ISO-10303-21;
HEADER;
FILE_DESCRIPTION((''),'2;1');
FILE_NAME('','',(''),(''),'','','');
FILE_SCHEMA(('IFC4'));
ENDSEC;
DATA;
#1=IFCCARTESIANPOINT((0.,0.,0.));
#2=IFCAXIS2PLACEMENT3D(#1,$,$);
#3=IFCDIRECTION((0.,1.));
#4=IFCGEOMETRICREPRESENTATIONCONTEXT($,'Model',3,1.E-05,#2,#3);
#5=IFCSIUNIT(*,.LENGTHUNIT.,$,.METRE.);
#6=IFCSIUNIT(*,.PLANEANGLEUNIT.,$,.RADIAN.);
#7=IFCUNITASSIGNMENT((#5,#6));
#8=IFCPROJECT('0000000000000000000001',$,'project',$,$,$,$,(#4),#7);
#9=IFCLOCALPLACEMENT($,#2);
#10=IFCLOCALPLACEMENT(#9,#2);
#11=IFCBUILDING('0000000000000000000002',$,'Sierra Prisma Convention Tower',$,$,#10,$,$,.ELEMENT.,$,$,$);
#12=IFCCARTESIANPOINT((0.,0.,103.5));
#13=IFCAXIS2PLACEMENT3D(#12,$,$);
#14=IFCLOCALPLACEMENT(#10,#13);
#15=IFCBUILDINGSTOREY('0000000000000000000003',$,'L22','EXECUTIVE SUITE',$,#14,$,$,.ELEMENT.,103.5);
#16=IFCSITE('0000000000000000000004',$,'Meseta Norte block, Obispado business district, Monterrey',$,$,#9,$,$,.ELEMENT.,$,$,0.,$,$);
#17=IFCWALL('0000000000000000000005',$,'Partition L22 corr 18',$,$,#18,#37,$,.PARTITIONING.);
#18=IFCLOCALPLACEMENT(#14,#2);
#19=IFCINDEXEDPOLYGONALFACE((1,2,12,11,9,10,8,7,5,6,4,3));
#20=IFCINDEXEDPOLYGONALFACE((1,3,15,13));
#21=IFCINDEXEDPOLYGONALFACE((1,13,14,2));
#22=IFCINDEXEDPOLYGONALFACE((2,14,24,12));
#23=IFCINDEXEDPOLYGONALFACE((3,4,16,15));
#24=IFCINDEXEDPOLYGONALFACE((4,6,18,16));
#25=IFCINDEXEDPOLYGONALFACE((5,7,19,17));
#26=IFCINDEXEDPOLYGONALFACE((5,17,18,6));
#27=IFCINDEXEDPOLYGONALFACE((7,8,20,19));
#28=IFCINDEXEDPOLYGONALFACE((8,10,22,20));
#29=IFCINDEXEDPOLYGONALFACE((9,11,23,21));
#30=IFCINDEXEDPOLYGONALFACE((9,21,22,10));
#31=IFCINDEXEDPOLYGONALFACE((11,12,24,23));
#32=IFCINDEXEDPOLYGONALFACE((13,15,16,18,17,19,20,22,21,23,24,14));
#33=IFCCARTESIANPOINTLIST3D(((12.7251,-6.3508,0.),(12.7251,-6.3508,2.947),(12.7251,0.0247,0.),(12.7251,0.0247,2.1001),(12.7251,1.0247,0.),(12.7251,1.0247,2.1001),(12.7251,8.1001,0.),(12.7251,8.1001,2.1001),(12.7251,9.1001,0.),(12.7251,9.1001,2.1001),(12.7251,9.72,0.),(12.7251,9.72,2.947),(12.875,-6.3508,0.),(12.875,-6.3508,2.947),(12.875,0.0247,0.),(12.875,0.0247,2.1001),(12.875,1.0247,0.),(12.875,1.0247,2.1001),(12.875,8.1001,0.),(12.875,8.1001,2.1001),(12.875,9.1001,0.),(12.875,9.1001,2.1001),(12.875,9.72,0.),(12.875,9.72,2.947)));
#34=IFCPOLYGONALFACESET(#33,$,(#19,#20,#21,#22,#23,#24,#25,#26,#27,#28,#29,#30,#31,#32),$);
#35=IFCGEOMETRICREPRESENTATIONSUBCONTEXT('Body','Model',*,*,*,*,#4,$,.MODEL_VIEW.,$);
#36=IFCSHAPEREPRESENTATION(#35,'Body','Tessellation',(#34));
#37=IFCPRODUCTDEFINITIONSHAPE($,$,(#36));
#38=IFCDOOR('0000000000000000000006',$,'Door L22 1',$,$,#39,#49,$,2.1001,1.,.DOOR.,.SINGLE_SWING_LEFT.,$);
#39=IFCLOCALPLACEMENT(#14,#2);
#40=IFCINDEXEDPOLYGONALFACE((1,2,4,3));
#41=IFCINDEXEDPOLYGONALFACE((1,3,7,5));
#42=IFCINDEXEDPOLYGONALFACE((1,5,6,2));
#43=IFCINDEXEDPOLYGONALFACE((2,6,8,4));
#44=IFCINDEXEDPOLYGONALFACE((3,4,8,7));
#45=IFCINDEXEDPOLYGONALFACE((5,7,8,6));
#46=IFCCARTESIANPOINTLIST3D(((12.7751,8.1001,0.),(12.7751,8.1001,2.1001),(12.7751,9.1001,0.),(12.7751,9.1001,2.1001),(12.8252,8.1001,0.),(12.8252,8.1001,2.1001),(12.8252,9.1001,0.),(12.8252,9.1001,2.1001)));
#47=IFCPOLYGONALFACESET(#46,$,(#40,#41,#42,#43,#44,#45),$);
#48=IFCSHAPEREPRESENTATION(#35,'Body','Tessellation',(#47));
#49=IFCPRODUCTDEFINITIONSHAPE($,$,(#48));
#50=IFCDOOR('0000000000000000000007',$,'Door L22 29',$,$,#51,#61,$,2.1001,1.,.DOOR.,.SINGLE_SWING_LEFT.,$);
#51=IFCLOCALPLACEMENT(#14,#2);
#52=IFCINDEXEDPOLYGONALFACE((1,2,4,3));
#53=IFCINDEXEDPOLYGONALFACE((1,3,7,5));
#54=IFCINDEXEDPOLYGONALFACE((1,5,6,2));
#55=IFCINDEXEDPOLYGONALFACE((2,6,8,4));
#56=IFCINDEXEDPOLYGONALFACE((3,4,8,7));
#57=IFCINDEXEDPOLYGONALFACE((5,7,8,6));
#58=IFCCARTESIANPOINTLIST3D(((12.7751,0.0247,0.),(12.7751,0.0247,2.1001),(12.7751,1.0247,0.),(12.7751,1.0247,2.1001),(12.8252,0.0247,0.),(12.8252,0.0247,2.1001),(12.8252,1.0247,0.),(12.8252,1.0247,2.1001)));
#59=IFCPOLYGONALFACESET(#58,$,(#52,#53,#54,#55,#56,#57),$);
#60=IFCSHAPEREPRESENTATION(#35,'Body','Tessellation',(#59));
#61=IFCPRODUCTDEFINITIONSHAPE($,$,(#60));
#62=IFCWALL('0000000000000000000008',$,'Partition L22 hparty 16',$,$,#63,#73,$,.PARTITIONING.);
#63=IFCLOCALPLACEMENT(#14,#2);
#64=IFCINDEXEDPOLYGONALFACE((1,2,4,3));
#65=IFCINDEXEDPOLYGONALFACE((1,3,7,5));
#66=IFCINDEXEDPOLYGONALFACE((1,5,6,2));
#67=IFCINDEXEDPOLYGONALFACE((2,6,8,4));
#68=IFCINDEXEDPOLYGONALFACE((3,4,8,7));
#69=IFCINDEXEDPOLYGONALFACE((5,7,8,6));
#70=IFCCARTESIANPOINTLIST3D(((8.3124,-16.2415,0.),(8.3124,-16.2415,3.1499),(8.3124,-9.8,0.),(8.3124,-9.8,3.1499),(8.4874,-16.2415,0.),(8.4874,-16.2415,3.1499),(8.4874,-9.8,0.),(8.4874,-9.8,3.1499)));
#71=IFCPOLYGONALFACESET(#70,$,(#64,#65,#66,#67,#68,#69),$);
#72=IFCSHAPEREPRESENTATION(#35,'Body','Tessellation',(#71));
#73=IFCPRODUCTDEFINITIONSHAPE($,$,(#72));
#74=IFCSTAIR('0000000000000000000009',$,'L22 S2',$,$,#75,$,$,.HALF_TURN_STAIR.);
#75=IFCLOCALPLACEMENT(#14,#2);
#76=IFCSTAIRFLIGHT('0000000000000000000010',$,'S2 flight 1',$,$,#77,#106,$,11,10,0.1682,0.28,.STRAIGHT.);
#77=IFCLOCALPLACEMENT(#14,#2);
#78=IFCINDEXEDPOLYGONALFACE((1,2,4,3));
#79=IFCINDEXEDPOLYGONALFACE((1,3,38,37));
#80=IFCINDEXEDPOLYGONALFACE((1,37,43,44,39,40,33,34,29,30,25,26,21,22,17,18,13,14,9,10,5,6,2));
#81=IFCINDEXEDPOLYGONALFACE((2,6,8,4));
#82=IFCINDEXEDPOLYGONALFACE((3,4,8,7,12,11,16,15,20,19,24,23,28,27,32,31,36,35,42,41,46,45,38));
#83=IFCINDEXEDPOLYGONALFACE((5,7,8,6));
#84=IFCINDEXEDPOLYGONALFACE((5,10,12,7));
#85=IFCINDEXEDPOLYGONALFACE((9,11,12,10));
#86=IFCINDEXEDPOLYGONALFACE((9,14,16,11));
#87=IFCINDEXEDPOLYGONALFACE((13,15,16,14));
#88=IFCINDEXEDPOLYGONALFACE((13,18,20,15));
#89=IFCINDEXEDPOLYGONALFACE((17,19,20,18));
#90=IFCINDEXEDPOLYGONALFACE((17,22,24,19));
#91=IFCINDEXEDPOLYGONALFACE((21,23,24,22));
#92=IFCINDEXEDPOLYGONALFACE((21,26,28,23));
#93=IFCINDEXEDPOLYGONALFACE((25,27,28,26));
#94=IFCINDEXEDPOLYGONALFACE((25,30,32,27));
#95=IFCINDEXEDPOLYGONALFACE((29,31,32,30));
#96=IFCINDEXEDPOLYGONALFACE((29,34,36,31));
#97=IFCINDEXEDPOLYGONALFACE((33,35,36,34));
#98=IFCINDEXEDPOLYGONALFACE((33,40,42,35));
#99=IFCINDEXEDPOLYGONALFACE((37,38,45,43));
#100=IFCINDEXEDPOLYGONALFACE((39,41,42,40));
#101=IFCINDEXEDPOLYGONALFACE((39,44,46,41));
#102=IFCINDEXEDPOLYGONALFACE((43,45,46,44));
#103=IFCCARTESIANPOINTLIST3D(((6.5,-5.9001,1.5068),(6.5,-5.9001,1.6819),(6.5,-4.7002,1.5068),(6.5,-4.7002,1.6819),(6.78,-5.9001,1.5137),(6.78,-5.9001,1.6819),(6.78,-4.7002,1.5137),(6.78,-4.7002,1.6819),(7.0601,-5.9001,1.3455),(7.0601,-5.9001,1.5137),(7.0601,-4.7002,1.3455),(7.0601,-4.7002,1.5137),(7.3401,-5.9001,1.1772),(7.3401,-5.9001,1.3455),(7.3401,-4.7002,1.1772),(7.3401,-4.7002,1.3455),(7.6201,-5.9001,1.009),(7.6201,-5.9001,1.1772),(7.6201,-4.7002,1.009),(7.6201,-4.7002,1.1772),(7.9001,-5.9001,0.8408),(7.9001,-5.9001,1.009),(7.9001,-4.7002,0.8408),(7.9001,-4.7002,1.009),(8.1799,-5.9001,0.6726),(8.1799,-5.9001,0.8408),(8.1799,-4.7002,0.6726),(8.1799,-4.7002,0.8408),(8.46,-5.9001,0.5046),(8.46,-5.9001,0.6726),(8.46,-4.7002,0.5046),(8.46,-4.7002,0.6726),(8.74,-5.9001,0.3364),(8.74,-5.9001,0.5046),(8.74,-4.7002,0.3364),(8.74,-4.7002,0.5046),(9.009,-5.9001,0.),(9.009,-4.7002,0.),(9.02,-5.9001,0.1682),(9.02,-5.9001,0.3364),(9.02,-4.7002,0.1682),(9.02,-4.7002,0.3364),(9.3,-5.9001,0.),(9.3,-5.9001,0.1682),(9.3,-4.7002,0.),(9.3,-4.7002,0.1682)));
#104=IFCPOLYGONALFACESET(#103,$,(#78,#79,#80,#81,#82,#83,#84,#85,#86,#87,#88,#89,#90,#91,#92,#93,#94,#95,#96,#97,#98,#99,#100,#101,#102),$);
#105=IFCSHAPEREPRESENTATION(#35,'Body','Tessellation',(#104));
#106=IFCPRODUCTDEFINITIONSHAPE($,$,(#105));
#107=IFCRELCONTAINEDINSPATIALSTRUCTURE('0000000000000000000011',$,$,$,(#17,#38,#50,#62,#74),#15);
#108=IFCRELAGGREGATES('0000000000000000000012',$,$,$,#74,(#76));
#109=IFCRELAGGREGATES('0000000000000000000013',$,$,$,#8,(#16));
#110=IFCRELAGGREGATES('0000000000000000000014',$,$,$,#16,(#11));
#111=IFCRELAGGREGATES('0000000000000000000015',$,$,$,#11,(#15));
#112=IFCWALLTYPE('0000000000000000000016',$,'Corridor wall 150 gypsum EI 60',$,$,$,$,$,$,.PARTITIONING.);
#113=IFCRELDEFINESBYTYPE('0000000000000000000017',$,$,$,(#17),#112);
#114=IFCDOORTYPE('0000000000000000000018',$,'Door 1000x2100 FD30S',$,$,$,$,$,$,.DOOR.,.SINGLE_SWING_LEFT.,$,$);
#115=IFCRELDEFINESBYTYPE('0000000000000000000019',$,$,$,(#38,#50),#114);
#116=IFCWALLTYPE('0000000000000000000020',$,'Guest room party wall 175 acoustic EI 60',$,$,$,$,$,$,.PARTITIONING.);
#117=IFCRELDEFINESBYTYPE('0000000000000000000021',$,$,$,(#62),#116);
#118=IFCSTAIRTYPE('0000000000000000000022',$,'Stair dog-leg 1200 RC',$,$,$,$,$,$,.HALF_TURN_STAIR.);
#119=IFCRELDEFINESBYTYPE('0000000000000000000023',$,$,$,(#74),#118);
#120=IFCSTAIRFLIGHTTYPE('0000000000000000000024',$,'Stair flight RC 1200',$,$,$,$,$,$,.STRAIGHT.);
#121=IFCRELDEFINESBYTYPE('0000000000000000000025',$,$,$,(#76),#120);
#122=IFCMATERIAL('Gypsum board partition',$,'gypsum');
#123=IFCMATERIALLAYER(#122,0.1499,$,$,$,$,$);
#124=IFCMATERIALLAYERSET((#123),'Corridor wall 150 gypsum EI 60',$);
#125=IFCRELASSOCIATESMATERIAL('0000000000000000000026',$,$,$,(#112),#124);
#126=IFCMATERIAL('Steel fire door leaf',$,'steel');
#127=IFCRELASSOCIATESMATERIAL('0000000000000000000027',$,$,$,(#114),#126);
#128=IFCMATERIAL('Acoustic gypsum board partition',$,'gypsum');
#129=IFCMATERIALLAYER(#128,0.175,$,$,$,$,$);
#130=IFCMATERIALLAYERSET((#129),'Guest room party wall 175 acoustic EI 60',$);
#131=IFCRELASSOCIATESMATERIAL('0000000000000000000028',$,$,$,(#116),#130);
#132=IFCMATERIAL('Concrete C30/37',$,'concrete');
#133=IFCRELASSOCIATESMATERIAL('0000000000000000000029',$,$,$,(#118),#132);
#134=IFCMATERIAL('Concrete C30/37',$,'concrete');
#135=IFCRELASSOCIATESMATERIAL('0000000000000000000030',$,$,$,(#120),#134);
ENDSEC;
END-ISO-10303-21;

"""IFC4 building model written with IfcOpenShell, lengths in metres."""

from ifc_helpers import new_model, si_unit, direction, frame, frame_2d, origin, place, context, subcontext, project, spatial, polyline, rectangle, outline, extrude, material, layer, layer_set, type_object, element, fill, aggregate, save


model = new_model("IFC4")

# Units and contexts
model_context = context("Model", 3, precision=1e-05, world=origin(), true_north=direction((0.0, 1.0)))
body_context = subcontext(model_context, "Body", "Model", "MODEL_VIEW")
ifc_project = project(units=[si_unit("LENGTHUNIT", "METRE"), si_unit("PLANEANGLEUNIT", "RADIAN")], contexts=[model_context])

# Site, building, storey
site_placement = place(None, origin())
site = spatial("IfcSite", under=ifc_project, at=site_placement, Name="Meseta Norte block, Obispado business district, Monterrey", CompositionType="ELEMENT", RefElevation=0.0)
building_placement = place(site_placement, origin())
building = spatial("IfcBuilding", under=site, at=building_placement, Name="Sierra Prisma Convention Tower", CompositionType="ELEMENT")
storey_placement = place(building_placement, frame((0.0, 0.0, 103.5)))
storey = spatial("IfcBuildingStorey", under=building, at=storey_placement, Name="L22", Description="EXECUTIVE SUITE", CompositionType="ELEMENT", Elevation=103.5)

# Shared definitions
ifc_material_1 = material(Name="Gypsum board partition", Category="gypsum")
ifc_layer_1 = layer(ifc_material_1, 0.1499)
ifc_layer_set_1 = layer_set([ifc_layer_1], Name="Corridor wall 150 gypsum EI 60")
wall_type_1 = type_object("IfcWallType", Name="Corridor wall 150 gypsum EI 60", PredefinedType="PARTITIONING", material=ifc_layer_set_1)

# Shared definitions
ifc_material_2 = material(Name="Steel fire door leaf", Category="steel")
door_type_1 = type_object("IfcDoorType", Name="Door 1000x2100 FD30S", OperationType="SINGLE_SWING_LEFT", PredefinedType="DOOR", material=ifc_material_2)

# Wall, openings, doors
wall_1_placement = place(storey_placement, frame((12.8, -6.3508, 0.0), z_axis=(0.0, 0.0, 1.0), x_axis=(0.0, 1.0, 0.0)))
wall_1 = element("IfcWall", 1, at=wall_1_placement, inside=storey, type_object=wall_type_1, Name="Partition L22 corr 18", PredefinedType="PARTITIONING", context=body_context, shape_type="SweptSolid", body=[
    extrude(rectangle(XDim=16.0708, YDim=0.1499, at=frame_2d((8.0354, 0.0))), origin(), (0.0, 0.0, 1.0), 2.947),
])
opening_1_placement = place(wall_1_placement, frame((14.4509, 0.0, 0.0)))
opening_1 = element("IfcOpeningElement", 2, at=opening_1_placement, cuts=wall_1, PredefinedType="OPENING", context=body_context, shape_type="SweptSolid", body=[
    extrude(rectangle(XDim=1.0, YDim=2.1001, at=frame_2d((0.5, 1.05))), frame((0.0, 0.075, 0.0), z_axis=(0.0, -1.0, 0.0), x_axis=(1.0, 0.0, 0.0)), (0.0, 0.0, 1.0), 0.1499),
])
opening_2_placement = place(wall_1_placement, frame((6.3755, 0.0, 0.0)))
opening_2 = element("IfcOpeningElement", 3, at=opening_2_placement, cuts=wall_1, PredefinedType="OPENING", context=body_context, shape_type="SweptSolid", body=[
    extrude(rectangle(XDim=1.0, YDim=2.1001, at=frame_2d((0.5, 1.05))), frame((0.0, 0.075, 0.0), z_axis=(0.0, -1.0, 0.0), x_axis=(1.0, 0.0, 0.0)), (0.0, 0.0, 1.0), 0.1499),
])
door_1_placement = place(opening_1_placement, origin())
door_1 = element("IfcDoor", 4, at=door_1_placement, inside=storey, type_object=door_type_1, Name="Door L22 1", OperationType="SINGLE_SWING_LEFT", OverallHeight=2.1001, OverallWidth=1.0, PredefinedType="DOOR", context=body_context, shape_type="SweptSolid", body=[
    extrude(rectangle(XDim=1.0, YDim=2.1001, at=frame_2d((0.5, 1.05))), frame((0.0, 0.0249, 0.0), z_axis=(0.0, -1.0, 0.0), x_axis=(1.0, 0.0, 0.0)), (0.0, 0.0, 1.0), 0.05),
])
fill(opening_1, door_1)
door_2_placement = place(opening_2_placement, origin())
door_2 = element("IfcDoor", 5, at=door_2_placement, inside=storey, type_object=door_type_1, Name="Door L22 29", OperationType="SINGLE_SWING_LEFT", OverallHeight=2.1001, OverallWidth=1.0, PredefinedType="DOOR", context=body_context, shape_type="SweptSolid", body=[
    extrude(rectangle(XDim=1.0, YDim=2.1001, at=frame_2d((0.5, 1.05))), frame((0.0, 0.0249, 0.0), z_axis=(0.0, -1.0, 0.0), x_axis=(1.0, 0.0, 0.0)), (0.0, 0.0, 1.0), 0.05),
])
fill(opening_2, door_2)

# Wall
ifc_material_3 = material(Name="Acoustic gypsum board partition", Category="gypsum")
ifc_layer_2 = layer(ifc_material_3, 0.175)
ifc_layer_set_2 = layer_set([ifc_layer_2], Name="Guest room party wall 175 acoustic EI 60")
wall_type_2 = type_object("IfcWallType", Name="Guest room party wall 175 acoustic EI 60", PredefinedType="PARTITIONING", material=ifc_layer_set_2)
wall_2_placement = place(storey_placement, frame((8.3999, -9.8, 0.0), z_axis=(0.0, 0.0, 1.0), x_axis=(0.0, -1.0, 0.0)))
element("IfcWall", 6, at=wall_2_placement, inside=storey, type_object=wall_type_2, Name="Partition L22 hparty 16", PredefinedType="PARTITIONING", context=body_context, shape_type="SweptSolid", body=[
    extrude(rectangle(XDim=6.4414, YDim=0.175, at=frame_2d((3.2207, 0.0))), origin(), (0.0, 0.0, 1.0), 3.1499),
])

# Stair, stair flight
ifc_material_4 = material(Name="Concrete C30/37", Category="concrete")
stair_type = type_object("IfcStairType", Name="Stair dog-leg 1200 RC", PredefinedType="HALF_TURN_STAIR", material=ifc_material_4)
stair_placement = place(storey_placement, origin())
stair = element("IfcStair", 7, at=stair_placement, inside=storey, type_object=stair_type, Name="L22 S2", PredefinedType="HALF_TURN_STAIR")
ifc_material_5 = material(Name="Concrete C30/37", Category="concrete")
stair_flight_type = type_object("IfcStairFlightType", Name="Stair flight RC 1200", PredefinedType="STRAIGHT", material=ifc_material_5)
stair_flight_placement = place(storey_placement, frame((9.3, -5.3, 0.0), z_axis=(0.0, 0.0, 1.0), x_axis=(-1.0, 0.0, 0.0)))
stair_flight = element("IfcStairFlight", 8, at=stair_flight_placement, type_object=stair_flight_type, Name="S2 flight 1", NumberOfRisers=11, NumberOfTreads=10, PredefinedType="STRAIGHT", RiserHeight=0.1682, TreadLength=0.28, context=body_context, shape_type="SweptSolid", body=[
    extrude(outline(polyline([(0.0, 0.0), (0.0, 0.1682), (0.28, 0.1682), (0.28, 0.3364), (0.5601, 0.3364), (0.5601, 0.5046), (0.8401, 0.5046), (0.8401, 0.6726), (1.1201, 0.6726), (1.1201, 0.8408), (1.3999, 0.8408), (1.3999, 1.009), (1.6799, 1.009), (1.6799, 1.1772), (1.96, 1.1772), (1.96, 1.3455), (2.24, 1.3455), (2.24, 1.5137), (2.52, 1.5137), (2.52, 1.6819), (2.8, 1.6819), (2.8, 1.8501), (2.8, 1.5068), (0.291, 0.0), (0.0, 0.0)])), frame((0.0, 0.6001, 0.0), z_axis=(0.0, -1.0, 0.0), x_axis=(1.0, 0.0, 0.0)), (0.0, 0.0, 1.0), 1.2),
])
aggregate(stair, [stair_flight])

save(model, "model.ifc")
